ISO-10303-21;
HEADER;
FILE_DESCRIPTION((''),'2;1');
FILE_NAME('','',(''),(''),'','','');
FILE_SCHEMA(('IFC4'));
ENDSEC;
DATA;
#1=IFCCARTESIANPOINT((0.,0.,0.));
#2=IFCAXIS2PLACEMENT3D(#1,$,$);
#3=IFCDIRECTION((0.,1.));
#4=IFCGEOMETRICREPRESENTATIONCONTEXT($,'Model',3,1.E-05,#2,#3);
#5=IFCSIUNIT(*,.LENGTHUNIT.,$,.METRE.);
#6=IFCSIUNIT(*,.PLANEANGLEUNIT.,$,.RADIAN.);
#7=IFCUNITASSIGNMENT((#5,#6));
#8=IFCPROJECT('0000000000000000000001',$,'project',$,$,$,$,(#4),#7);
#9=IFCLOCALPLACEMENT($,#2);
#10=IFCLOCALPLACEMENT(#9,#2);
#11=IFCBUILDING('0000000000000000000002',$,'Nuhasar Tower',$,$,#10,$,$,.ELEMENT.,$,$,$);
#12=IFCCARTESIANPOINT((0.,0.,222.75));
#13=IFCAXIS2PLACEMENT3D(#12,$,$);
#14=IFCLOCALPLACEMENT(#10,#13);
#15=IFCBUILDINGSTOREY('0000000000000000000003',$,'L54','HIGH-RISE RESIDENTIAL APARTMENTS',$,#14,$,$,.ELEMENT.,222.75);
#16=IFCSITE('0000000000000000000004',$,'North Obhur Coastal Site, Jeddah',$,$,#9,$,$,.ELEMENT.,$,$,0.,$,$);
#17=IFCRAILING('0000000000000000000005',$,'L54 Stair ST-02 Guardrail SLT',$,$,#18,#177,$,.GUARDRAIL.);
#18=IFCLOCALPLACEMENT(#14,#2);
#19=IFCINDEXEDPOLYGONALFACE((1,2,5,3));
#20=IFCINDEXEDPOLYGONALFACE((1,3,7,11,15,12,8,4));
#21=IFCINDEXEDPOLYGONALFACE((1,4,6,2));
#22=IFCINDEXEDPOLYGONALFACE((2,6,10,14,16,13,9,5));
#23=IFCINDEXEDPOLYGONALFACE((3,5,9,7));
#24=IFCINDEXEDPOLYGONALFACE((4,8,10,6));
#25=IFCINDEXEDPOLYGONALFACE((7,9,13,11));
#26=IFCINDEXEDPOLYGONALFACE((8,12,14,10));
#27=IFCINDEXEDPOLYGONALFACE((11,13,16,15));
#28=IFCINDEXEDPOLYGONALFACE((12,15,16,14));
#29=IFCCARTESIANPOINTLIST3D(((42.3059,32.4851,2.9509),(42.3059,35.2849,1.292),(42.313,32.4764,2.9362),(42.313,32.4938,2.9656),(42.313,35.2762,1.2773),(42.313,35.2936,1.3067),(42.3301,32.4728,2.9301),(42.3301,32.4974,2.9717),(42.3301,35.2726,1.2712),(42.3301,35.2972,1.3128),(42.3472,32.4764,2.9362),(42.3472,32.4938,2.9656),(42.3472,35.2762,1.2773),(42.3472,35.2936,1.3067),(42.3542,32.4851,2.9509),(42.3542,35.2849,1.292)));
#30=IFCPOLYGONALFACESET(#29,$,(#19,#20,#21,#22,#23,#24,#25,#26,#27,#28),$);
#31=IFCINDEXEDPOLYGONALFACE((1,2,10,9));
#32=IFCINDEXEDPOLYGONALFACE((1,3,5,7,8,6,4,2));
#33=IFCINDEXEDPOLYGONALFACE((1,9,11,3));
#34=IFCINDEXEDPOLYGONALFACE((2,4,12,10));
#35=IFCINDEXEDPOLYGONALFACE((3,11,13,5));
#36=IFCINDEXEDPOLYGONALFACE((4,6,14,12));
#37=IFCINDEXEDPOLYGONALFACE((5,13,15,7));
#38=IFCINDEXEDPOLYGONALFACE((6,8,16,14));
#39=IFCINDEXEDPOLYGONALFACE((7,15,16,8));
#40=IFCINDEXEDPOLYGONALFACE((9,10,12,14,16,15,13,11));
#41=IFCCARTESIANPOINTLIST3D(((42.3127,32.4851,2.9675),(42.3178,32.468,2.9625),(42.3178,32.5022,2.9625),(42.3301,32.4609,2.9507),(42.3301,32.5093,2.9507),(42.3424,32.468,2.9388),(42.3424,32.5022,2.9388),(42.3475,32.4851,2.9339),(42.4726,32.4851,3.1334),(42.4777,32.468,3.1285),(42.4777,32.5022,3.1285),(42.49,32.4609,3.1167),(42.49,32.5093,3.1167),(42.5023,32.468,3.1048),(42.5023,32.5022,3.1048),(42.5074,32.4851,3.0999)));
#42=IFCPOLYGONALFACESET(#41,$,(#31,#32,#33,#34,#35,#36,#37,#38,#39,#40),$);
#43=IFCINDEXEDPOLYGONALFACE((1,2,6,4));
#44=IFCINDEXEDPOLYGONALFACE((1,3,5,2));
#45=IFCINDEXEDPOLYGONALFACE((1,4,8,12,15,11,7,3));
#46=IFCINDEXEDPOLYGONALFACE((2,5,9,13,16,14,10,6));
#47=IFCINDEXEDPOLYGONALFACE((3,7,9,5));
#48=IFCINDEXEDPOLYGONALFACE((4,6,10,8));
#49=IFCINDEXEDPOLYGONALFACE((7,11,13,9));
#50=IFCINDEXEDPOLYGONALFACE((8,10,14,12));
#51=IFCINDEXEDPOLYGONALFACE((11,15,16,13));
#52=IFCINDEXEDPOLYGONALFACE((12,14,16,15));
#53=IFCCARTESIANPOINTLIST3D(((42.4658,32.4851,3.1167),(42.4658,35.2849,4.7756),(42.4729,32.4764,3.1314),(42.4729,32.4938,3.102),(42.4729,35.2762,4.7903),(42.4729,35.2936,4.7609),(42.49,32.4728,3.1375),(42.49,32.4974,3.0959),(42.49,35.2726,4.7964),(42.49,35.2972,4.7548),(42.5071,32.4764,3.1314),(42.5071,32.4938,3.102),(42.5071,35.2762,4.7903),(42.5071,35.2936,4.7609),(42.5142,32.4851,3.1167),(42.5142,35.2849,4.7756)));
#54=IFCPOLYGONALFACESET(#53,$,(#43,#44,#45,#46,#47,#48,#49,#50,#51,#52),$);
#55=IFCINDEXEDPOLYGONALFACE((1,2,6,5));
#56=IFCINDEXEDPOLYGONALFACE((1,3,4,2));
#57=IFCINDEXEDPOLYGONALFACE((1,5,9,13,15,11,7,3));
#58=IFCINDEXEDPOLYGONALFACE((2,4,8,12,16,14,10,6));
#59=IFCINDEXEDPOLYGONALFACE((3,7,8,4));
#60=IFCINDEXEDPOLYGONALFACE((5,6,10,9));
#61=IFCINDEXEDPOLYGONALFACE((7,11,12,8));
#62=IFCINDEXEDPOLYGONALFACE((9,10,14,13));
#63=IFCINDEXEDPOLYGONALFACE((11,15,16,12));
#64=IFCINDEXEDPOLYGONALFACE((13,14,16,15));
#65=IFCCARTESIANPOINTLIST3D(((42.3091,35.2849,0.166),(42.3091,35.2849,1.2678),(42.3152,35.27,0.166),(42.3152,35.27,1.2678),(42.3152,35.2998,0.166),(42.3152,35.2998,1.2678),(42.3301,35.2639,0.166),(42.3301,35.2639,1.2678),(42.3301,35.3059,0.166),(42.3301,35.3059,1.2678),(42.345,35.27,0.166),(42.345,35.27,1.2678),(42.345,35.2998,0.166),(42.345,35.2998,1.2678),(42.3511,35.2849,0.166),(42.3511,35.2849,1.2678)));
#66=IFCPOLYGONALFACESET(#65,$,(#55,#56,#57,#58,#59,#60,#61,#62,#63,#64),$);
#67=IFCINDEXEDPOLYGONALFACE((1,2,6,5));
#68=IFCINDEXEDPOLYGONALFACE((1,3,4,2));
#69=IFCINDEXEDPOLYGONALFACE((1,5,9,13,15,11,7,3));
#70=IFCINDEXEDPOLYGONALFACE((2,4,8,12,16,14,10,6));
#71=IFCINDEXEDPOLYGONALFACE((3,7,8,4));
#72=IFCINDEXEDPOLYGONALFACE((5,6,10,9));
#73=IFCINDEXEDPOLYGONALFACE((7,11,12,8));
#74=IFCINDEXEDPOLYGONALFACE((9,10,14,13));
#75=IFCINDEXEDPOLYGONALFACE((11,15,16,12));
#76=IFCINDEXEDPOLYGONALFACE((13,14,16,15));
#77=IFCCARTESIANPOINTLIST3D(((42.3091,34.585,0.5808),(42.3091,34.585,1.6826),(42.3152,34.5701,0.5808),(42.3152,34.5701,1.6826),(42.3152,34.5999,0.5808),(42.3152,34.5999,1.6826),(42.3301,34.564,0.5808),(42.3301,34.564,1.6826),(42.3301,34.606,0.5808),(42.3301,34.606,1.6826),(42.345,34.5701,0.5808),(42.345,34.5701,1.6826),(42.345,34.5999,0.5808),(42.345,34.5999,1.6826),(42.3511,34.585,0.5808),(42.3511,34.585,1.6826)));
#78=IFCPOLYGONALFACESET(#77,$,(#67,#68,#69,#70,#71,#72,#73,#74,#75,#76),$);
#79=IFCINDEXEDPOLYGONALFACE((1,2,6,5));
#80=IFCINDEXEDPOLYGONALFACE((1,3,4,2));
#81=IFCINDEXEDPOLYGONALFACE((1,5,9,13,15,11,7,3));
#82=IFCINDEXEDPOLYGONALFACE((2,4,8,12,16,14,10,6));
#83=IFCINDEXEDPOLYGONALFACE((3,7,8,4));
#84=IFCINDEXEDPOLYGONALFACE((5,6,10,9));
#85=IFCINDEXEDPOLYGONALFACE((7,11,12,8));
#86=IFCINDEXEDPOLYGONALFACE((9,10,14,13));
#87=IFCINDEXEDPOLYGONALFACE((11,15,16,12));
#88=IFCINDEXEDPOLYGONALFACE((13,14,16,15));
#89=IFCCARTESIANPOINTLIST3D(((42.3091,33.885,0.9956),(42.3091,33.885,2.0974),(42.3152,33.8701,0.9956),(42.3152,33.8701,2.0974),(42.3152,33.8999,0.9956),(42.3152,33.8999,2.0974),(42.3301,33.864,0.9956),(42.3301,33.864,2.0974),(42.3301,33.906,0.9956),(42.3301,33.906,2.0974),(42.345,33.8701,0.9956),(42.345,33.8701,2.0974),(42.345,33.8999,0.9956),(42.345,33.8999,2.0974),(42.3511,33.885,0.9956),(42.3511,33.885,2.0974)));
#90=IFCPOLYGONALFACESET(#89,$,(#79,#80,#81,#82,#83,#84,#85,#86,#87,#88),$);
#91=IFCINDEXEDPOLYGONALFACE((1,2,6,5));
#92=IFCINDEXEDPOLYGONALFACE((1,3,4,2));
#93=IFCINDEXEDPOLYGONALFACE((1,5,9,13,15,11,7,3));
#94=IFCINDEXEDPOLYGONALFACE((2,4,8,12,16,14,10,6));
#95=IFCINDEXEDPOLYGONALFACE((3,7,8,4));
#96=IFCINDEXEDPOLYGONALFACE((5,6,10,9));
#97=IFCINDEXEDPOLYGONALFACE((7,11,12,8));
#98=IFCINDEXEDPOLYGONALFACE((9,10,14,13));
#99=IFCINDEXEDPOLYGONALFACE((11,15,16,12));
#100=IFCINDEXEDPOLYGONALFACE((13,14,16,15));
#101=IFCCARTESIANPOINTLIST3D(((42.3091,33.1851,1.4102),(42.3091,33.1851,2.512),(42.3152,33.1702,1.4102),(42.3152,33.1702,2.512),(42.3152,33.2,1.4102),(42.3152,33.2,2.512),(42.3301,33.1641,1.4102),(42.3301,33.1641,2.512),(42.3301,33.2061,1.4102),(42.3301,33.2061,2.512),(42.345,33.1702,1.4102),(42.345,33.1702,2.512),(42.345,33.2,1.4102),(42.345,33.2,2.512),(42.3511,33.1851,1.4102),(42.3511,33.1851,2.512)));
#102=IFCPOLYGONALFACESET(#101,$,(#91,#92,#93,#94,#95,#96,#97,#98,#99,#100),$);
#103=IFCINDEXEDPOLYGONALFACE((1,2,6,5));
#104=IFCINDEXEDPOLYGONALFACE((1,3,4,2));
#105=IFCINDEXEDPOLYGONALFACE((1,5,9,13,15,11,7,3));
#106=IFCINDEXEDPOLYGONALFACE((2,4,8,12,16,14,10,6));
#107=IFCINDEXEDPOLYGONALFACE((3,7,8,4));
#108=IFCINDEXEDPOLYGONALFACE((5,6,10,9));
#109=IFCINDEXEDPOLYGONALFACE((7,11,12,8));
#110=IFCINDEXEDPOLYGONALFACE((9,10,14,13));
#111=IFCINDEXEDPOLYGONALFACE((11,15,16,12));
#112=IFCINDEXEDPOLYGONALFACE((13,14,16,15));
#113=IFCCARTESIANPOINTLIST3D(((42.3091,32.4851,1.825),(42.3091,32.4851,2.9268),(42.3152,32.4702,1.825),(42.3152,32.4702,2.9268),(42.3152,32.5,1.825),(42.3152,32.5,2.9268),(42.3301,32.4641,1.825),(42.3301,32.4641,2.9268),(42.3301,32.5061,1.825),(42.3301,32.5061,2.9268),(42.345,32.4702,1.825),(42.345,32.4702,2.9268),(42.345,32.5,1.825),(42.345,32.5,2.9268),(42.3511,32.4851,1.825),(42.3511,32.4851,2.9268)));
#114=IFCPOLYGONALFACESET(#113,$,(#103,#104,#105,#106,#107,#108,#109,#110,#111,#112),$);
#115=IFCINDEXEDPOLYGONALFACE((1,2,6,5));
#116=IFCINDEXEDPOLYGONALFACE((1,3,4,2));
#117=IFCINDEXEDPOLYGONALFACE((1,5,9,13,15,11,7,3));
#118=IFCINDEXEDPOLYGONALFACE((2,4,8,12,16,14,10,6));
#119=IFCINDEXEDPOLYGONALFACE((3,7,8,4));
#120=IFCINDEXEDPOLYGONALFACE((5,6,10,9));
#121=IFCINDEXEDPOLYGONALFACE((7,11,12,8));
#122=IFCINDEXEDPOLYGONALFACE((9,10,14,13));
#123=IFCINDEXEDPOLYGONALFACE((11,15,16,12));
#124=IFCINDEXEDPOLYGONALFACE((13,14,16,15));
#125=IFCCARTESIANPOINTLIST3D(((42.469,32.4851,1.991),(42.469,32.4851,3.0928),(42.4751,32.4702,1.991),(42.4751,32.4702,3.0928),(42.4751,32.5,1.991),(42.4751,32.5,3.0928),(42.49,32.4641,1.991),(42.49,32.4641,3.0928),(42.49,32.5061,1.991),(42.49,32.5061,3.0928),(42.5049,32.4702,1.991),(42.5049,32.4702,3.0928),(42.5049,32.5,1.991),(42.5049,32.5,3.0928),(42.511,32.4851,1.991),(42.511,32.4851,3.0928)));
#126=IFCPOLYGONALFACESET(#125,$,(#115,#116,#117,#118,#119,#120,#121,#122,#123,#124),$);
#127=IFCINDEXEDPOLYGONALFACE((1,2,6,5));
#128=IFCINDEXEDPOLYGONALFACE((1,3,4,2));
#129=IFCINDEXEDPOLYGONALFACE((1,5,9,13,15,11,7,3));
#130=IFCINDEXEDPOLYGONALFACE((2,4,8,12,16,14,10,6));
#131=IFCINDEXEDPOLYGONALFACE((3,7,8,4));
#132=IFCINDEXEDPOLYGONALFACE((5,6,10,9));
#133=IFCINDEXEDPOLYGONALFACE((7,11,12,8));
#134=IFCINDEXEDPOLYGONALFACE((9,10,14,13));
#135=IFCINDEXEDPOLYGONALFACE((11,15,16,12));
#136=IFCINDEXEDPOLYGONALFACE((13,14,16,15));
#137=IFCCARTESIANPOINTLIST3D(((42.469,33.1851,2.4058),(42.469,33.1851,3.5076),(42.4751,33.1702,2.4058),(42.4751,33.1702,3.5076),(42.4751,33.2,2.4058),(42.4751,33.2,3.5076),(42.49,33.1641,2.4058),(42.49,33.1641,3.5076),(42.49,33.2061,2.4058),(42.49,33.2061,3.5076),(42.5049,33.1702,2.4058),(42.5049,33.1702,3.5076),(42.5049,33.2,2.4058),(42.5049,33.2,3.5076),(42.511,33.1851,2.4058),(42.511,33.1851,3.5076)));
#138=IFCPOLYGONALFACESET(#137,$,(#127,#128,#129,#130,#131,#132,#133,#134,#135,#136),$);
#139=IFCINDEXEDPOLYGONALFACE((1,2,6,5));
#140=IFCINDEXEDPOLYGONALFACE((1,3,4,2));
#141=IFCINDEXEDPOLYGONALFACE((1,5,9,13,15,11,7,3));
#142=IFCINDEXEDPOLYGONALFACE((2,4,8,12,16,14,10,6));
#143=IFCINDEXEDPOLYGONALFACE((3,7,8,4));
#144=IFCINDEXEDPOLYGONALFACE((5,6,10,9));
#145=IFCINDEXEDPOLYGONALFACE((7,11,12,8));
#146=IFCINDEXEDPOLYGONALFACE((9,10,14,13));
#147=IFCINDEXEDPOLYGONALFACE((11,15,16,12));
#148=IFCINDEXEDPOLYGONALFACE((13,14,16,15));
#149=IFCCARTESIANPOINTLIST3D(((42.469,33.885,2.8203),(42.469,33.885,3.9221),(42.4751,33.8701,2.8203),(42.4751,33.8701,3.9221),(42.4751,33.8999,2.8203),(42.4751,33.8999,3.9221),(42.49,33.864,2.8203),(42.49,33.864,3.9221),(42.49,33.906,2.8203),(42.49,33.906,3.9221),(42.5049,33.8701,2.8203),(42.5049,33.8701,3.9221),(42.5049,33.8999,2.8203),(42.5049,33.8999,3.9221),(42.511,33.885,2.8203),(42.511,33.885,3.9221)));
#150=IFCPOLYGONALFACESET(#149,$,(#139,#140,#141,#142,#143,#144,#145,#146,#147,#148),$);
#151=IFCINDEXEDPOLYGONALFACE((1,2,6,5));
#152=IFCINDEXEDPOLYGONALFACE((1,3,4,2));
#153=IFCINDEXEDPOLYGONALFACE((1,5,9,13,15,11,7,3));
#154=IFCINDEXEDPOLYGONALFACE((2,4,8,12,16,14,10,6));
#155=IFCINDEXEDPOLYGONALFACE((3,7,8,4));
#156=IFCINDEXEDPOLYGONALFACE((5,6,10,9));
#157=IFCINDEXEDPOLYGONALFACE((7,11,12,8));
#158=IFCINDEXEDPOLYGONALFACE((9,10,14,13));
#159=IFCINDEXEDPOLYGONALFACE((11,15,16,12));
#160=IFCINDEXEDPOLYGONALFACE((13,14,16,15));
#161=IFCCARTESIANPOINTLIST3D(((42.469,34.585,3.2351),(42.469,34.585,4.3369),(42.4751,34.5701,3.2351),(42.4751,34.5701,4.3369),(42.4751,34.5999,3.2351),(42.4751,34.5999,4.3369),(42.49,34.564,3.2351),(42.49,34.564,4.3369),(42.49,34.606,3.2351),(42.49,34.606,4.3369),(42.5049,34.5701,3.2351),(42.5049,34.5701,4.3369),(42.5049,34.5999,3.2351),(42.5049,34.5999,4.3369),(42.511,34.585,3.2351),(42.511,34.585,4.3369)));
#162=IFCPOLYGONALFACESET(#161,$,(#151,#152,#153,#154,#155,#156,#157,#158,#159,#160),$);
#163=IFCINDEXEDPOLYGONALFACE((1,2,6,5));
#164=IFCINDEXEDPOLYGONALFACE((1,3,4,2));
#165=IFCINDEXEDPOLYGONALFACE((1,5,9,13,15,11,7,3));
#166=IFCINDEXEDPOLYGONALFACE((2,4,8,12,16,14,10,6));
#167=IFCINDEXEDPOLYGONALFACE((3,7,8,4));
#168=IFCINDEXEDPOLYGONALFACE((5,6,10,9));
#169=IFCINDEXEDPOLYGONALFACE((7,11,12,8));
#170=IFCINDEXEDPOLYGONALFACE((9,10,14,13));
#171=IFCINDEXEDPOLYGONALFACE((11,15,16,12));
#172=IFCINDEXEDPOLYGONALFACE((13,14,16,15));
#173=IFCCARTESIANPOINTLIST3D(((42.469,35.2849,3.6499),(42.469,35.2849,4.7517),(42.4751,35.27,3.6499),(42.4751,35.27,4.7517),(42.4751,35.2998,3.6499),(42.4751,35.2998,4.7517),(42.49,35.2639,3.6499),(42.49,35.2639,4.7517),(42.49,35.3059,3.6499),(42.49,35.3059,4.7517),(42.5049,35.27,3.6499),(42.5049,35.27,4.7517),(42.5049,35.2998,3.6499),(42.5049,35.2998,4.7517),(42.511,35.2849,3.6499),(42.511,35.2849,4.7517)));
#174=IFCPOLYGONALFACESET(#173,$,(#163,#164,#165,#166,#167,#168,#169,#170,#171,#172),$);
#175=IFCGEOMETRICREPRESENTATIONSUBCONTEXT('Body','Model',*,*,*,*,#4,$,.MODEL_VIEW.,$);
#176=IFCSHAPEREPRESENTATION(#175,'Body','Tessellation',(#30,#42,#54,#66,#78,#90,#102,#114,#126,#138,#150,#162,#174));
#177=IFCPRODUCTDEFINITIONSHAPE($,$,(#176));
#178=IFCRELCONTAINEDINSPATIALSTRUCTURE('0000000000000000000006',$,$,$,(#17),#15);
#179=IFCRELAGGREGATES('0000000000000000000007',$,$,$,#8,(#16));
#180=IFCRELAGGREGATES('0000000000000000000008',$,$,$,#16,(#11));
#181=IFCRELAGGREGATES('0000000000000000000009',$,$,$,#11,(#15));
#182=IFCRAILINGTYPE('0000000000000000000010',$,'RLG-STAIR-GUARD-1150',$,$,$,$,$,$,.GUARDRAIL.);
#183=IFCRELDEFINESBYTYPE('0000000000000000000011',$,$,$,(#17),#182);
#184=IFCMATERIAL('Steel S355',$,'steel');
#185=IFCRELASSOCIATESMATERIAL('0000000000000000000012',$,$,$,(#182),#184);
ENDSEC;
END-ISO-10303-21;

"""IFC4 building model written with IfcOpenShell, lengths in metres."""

from ifc_helpers import new_model, si_unit, direction, frame, origin, place, context, subcontext, project, spatial, polyline, outline, extrude, material, type_object, element, save


model = new_model("IFC4")

# Units and contexts
model_context = context("Model", 3, precision=1e-05, world=origin(), true_north=direction((0.0, 1.0)))
body_context = subcontext(model_context, "Body", "Model", "MODEL_VIEW")
ifc_project = project(units=[si_unit("LENGTHUNIT", "METRE"), si_unit("PLANEANGLEUNIT", "RADIAN")], contexts=[model_context])

# Site, building, storey
site_placement = place(None, origin())
site = spatial("IfcSite", under=ifc_project, at=site_placement, Name="North Obhur Coastal Site, Jeddah", CompositionType="ELEMENT", RefElevation=0.0)
building_placement = place(site_placement, origin())
building = spatial("IfcBuilding", under=site, at=building_placement, Name="Nuhasar Tower", CompositionType="ELEMENT")
storey_placement = place(building_placement, frame((0.0, 0.0, 222.75)))
storey = spatial("IfcBuildingStorey", under=building, at=storey_placement, Name="L54", Description="HIGH-RISE RESIDENTIAL APARTMENTS", CompositionType="ELEMENT", Elevation=222.75)

# Shared definitions
ifc_material_1 = material(Name="Steel S355", Category="steel")

# Railing
railing_type_1 = type_object("IfcRailingType", Name="RLG-STAIR-GUARD-1150", PredefinedType="GUARDRAIL", material=ifc_material_1)
railing_1_placement = place(storey_placement, frame((42.3301, 35.2849, 0.166)))
element("IfcRailing", 1, at=railing_1_placement, inside=storey, type_object=railing_type_1, Name="L54 Stair ST-02 Guardrail SLT", PredefinedType="GUARDRAIL", context=body_context, shape_type="SweptSolid", body=[
    extrude(outline(polyline([(0.0242, 0.0), (0.0171, 0.0171), (0.0, 0.0242), (-0.0171, 0.0171), (-0.0242, 0.0), (-0.0171, -0.0171), (0.0, -0.0242), (0.0171, -0.0171), (0.0242, 0.0)])), frame((0.0, 0.0, 1.126), z_axis=(0.0, -0.86032, 0.509755), x_axis=(1.0, 0.0, 0.0)), (0.0, 0.0, 1.0), 3.2544),
    extrude(outline(polyline([(0.0242, 0.0), (0.0171, 0.0171), (0.0, 0.0242), (-0.0171, 0.0171), (-0.0242, 0.0), (-0.0171, -0.0171), (0.0, -0.0242), (0.0171, -0.0171), (0.0242, 0.0)])), frame((0.0, -2.7998, 2.7847), z_axis=(0.693743, 0.0, 0.720222), x_axis=(0.0, 1.0, 0.0)), (0.0, 0.0, 1.0), 0.2305),
    extrude(outline(polyline([(0.0242, 0.0), (0.0171, 0.0171), (0.0, 0.0242), (-0.0171, 0.0171), (-0.0242, 0.0), (-0.0171, -0.0171), (0.0, -0.0242), (0.0171, -0.0171), (0.0242, 0.0)])), frame((0.1599, -2.7998, 2.9507), z_axis=(0.0, 0.86032, 0.509755), x_axis=(-1.0, 0.0, 0.0)), (0.0, 0.0, 1.0), 3.2544),
    extrude(outline(polyline([(0.021, 0.0), (0.0149, 0.0149), (0.0, 0.021), (-0.0149, 0.0149), (-0.021, 0.0), (-0.0149, -0.0149), (0.0, -0.021), (0.0149, -0.0149), (0.021, 0.0)])), origin(), (0.0, 0.0, 1.0), 1.1018),
    extrude(outline(polyline([(0.021, 0.0), (0.0149, 0.0149), (0.0, 0.021), (-0.0149, 0.0149), (-0.021, 0.0), (-0.0149, -0.0149), (0.0, -0.021), (0.0149, -0.0149), (0.021, 0.0)])), frame((0.0, -0.7, 0.4148)), (0.0, 0.0, 1.0), 1.1018),
    extrude(outline(polyline([(0.021, 0.0), (0.0149, 0.0149), (0.0, 0.021), (-0.0149, 0.0149), (-0.021, 0.0), (-0.0149, -0.0149), (0.0, -0.021), (0.0149, -0.0149), (0.021, 0.0)])), frame((0.0, -1.3999, 0.8296)), (0.0, 0.0, 1.0), 1.1018),
    extrude(outline(polyline([(0.021, 0.0), (0.0149, 0.0149), (0.0, 0.021), (-0.0149, 0.0149), (-0.021, 0.0), (-0.0149, -0.0149), (0.0, -0.021), (0.0149, -0.0149), (0.021, 0.0)])), frame((0.0, -2.0999, 1.2441)), (0.0, 0.0, 1.0), 1.1018),
    extrude(outline(polyline([(0.021, 0.0), (0.0149, 0.0149), (0.0, 0.021), (-0.0149, 0.0149), (-0.021, 0.0), (-0.0149, -0.0149), (0.0, -0.021), (0.0149, -0.0149), (0.021, 0.0)])), frame((0.0, -2.7998, 1.6589)), (0.0, 0.0, 1.0), 1.1018),
    extrude(outline(polyline([(0.021, 0.0), (0.0149, 0.0149), (0.0, 0.021), (-0.0149, 0.0149), (-0.021, 0.0), (-0.0149, -0.0149), (0.0, -0.021), (0.0149, -0.0149), (0.021, 0.0)])), frame((0.1599, -2.7998, 1.825)), (0.0, 0.0, 1.0), 1.1018),
    extrude(outline(polyline([(0.021, 0.0), (0.0149, 0.0149), (0.0, 0.021), (-0.0149, 0.0149), (-0.021, 0.0), (-0.0149, -0.0149), (0.0, -0.021), (0.0149, -0.0149), (0.021, 0.0)])), frame((0.1599, -2.0999, 2.2397)), (0.0, 0.0, 1.0), 1.1018),
    extrude(outline(polyline([(0.021, 0.0), (0.0149, 0.0149), (0.0, 0.021), (-0.0149, 0.0149), (-0.021, 0.0), (-0.0149, -0.0149), (0.0, -0.021), (0.0149, -0.0149), (0.021, 0.0)])), frame((0.1599, -1.3999, 2.6543)), (0.0, 0.0, 1.0), 1.1018),
    extrude(outline(polyline([(0.021, 0.0), (0.0149, 0.0149), (0.0, 0.021), (-0.0149, 0.0149), (-0.021, 0.0), (-0.0149, -0.0149), (0.0, -0.021), (0.0149, -0.0149), (0.021, 0.0)])), frame((0.1599, -0.7, 3.0691)), (0.0, 0.0, 1.0), 1.1018),
    extrude(outline(polyline([(0.021, 0.0), (0.0149, 0.0149), (0.0, 0.021), (-0.0149, 0.0149), (-0.021, 0.0), (-0.0149, -0.0149), (0.0, -0.021), (0.0149, -0.0149), (0.021, 0.0)])), frame((0.1599, 0.0, 3.4839)), (0.0, 0.0, 1.0), 1.1018),
])

save(model, "model.ifc")
